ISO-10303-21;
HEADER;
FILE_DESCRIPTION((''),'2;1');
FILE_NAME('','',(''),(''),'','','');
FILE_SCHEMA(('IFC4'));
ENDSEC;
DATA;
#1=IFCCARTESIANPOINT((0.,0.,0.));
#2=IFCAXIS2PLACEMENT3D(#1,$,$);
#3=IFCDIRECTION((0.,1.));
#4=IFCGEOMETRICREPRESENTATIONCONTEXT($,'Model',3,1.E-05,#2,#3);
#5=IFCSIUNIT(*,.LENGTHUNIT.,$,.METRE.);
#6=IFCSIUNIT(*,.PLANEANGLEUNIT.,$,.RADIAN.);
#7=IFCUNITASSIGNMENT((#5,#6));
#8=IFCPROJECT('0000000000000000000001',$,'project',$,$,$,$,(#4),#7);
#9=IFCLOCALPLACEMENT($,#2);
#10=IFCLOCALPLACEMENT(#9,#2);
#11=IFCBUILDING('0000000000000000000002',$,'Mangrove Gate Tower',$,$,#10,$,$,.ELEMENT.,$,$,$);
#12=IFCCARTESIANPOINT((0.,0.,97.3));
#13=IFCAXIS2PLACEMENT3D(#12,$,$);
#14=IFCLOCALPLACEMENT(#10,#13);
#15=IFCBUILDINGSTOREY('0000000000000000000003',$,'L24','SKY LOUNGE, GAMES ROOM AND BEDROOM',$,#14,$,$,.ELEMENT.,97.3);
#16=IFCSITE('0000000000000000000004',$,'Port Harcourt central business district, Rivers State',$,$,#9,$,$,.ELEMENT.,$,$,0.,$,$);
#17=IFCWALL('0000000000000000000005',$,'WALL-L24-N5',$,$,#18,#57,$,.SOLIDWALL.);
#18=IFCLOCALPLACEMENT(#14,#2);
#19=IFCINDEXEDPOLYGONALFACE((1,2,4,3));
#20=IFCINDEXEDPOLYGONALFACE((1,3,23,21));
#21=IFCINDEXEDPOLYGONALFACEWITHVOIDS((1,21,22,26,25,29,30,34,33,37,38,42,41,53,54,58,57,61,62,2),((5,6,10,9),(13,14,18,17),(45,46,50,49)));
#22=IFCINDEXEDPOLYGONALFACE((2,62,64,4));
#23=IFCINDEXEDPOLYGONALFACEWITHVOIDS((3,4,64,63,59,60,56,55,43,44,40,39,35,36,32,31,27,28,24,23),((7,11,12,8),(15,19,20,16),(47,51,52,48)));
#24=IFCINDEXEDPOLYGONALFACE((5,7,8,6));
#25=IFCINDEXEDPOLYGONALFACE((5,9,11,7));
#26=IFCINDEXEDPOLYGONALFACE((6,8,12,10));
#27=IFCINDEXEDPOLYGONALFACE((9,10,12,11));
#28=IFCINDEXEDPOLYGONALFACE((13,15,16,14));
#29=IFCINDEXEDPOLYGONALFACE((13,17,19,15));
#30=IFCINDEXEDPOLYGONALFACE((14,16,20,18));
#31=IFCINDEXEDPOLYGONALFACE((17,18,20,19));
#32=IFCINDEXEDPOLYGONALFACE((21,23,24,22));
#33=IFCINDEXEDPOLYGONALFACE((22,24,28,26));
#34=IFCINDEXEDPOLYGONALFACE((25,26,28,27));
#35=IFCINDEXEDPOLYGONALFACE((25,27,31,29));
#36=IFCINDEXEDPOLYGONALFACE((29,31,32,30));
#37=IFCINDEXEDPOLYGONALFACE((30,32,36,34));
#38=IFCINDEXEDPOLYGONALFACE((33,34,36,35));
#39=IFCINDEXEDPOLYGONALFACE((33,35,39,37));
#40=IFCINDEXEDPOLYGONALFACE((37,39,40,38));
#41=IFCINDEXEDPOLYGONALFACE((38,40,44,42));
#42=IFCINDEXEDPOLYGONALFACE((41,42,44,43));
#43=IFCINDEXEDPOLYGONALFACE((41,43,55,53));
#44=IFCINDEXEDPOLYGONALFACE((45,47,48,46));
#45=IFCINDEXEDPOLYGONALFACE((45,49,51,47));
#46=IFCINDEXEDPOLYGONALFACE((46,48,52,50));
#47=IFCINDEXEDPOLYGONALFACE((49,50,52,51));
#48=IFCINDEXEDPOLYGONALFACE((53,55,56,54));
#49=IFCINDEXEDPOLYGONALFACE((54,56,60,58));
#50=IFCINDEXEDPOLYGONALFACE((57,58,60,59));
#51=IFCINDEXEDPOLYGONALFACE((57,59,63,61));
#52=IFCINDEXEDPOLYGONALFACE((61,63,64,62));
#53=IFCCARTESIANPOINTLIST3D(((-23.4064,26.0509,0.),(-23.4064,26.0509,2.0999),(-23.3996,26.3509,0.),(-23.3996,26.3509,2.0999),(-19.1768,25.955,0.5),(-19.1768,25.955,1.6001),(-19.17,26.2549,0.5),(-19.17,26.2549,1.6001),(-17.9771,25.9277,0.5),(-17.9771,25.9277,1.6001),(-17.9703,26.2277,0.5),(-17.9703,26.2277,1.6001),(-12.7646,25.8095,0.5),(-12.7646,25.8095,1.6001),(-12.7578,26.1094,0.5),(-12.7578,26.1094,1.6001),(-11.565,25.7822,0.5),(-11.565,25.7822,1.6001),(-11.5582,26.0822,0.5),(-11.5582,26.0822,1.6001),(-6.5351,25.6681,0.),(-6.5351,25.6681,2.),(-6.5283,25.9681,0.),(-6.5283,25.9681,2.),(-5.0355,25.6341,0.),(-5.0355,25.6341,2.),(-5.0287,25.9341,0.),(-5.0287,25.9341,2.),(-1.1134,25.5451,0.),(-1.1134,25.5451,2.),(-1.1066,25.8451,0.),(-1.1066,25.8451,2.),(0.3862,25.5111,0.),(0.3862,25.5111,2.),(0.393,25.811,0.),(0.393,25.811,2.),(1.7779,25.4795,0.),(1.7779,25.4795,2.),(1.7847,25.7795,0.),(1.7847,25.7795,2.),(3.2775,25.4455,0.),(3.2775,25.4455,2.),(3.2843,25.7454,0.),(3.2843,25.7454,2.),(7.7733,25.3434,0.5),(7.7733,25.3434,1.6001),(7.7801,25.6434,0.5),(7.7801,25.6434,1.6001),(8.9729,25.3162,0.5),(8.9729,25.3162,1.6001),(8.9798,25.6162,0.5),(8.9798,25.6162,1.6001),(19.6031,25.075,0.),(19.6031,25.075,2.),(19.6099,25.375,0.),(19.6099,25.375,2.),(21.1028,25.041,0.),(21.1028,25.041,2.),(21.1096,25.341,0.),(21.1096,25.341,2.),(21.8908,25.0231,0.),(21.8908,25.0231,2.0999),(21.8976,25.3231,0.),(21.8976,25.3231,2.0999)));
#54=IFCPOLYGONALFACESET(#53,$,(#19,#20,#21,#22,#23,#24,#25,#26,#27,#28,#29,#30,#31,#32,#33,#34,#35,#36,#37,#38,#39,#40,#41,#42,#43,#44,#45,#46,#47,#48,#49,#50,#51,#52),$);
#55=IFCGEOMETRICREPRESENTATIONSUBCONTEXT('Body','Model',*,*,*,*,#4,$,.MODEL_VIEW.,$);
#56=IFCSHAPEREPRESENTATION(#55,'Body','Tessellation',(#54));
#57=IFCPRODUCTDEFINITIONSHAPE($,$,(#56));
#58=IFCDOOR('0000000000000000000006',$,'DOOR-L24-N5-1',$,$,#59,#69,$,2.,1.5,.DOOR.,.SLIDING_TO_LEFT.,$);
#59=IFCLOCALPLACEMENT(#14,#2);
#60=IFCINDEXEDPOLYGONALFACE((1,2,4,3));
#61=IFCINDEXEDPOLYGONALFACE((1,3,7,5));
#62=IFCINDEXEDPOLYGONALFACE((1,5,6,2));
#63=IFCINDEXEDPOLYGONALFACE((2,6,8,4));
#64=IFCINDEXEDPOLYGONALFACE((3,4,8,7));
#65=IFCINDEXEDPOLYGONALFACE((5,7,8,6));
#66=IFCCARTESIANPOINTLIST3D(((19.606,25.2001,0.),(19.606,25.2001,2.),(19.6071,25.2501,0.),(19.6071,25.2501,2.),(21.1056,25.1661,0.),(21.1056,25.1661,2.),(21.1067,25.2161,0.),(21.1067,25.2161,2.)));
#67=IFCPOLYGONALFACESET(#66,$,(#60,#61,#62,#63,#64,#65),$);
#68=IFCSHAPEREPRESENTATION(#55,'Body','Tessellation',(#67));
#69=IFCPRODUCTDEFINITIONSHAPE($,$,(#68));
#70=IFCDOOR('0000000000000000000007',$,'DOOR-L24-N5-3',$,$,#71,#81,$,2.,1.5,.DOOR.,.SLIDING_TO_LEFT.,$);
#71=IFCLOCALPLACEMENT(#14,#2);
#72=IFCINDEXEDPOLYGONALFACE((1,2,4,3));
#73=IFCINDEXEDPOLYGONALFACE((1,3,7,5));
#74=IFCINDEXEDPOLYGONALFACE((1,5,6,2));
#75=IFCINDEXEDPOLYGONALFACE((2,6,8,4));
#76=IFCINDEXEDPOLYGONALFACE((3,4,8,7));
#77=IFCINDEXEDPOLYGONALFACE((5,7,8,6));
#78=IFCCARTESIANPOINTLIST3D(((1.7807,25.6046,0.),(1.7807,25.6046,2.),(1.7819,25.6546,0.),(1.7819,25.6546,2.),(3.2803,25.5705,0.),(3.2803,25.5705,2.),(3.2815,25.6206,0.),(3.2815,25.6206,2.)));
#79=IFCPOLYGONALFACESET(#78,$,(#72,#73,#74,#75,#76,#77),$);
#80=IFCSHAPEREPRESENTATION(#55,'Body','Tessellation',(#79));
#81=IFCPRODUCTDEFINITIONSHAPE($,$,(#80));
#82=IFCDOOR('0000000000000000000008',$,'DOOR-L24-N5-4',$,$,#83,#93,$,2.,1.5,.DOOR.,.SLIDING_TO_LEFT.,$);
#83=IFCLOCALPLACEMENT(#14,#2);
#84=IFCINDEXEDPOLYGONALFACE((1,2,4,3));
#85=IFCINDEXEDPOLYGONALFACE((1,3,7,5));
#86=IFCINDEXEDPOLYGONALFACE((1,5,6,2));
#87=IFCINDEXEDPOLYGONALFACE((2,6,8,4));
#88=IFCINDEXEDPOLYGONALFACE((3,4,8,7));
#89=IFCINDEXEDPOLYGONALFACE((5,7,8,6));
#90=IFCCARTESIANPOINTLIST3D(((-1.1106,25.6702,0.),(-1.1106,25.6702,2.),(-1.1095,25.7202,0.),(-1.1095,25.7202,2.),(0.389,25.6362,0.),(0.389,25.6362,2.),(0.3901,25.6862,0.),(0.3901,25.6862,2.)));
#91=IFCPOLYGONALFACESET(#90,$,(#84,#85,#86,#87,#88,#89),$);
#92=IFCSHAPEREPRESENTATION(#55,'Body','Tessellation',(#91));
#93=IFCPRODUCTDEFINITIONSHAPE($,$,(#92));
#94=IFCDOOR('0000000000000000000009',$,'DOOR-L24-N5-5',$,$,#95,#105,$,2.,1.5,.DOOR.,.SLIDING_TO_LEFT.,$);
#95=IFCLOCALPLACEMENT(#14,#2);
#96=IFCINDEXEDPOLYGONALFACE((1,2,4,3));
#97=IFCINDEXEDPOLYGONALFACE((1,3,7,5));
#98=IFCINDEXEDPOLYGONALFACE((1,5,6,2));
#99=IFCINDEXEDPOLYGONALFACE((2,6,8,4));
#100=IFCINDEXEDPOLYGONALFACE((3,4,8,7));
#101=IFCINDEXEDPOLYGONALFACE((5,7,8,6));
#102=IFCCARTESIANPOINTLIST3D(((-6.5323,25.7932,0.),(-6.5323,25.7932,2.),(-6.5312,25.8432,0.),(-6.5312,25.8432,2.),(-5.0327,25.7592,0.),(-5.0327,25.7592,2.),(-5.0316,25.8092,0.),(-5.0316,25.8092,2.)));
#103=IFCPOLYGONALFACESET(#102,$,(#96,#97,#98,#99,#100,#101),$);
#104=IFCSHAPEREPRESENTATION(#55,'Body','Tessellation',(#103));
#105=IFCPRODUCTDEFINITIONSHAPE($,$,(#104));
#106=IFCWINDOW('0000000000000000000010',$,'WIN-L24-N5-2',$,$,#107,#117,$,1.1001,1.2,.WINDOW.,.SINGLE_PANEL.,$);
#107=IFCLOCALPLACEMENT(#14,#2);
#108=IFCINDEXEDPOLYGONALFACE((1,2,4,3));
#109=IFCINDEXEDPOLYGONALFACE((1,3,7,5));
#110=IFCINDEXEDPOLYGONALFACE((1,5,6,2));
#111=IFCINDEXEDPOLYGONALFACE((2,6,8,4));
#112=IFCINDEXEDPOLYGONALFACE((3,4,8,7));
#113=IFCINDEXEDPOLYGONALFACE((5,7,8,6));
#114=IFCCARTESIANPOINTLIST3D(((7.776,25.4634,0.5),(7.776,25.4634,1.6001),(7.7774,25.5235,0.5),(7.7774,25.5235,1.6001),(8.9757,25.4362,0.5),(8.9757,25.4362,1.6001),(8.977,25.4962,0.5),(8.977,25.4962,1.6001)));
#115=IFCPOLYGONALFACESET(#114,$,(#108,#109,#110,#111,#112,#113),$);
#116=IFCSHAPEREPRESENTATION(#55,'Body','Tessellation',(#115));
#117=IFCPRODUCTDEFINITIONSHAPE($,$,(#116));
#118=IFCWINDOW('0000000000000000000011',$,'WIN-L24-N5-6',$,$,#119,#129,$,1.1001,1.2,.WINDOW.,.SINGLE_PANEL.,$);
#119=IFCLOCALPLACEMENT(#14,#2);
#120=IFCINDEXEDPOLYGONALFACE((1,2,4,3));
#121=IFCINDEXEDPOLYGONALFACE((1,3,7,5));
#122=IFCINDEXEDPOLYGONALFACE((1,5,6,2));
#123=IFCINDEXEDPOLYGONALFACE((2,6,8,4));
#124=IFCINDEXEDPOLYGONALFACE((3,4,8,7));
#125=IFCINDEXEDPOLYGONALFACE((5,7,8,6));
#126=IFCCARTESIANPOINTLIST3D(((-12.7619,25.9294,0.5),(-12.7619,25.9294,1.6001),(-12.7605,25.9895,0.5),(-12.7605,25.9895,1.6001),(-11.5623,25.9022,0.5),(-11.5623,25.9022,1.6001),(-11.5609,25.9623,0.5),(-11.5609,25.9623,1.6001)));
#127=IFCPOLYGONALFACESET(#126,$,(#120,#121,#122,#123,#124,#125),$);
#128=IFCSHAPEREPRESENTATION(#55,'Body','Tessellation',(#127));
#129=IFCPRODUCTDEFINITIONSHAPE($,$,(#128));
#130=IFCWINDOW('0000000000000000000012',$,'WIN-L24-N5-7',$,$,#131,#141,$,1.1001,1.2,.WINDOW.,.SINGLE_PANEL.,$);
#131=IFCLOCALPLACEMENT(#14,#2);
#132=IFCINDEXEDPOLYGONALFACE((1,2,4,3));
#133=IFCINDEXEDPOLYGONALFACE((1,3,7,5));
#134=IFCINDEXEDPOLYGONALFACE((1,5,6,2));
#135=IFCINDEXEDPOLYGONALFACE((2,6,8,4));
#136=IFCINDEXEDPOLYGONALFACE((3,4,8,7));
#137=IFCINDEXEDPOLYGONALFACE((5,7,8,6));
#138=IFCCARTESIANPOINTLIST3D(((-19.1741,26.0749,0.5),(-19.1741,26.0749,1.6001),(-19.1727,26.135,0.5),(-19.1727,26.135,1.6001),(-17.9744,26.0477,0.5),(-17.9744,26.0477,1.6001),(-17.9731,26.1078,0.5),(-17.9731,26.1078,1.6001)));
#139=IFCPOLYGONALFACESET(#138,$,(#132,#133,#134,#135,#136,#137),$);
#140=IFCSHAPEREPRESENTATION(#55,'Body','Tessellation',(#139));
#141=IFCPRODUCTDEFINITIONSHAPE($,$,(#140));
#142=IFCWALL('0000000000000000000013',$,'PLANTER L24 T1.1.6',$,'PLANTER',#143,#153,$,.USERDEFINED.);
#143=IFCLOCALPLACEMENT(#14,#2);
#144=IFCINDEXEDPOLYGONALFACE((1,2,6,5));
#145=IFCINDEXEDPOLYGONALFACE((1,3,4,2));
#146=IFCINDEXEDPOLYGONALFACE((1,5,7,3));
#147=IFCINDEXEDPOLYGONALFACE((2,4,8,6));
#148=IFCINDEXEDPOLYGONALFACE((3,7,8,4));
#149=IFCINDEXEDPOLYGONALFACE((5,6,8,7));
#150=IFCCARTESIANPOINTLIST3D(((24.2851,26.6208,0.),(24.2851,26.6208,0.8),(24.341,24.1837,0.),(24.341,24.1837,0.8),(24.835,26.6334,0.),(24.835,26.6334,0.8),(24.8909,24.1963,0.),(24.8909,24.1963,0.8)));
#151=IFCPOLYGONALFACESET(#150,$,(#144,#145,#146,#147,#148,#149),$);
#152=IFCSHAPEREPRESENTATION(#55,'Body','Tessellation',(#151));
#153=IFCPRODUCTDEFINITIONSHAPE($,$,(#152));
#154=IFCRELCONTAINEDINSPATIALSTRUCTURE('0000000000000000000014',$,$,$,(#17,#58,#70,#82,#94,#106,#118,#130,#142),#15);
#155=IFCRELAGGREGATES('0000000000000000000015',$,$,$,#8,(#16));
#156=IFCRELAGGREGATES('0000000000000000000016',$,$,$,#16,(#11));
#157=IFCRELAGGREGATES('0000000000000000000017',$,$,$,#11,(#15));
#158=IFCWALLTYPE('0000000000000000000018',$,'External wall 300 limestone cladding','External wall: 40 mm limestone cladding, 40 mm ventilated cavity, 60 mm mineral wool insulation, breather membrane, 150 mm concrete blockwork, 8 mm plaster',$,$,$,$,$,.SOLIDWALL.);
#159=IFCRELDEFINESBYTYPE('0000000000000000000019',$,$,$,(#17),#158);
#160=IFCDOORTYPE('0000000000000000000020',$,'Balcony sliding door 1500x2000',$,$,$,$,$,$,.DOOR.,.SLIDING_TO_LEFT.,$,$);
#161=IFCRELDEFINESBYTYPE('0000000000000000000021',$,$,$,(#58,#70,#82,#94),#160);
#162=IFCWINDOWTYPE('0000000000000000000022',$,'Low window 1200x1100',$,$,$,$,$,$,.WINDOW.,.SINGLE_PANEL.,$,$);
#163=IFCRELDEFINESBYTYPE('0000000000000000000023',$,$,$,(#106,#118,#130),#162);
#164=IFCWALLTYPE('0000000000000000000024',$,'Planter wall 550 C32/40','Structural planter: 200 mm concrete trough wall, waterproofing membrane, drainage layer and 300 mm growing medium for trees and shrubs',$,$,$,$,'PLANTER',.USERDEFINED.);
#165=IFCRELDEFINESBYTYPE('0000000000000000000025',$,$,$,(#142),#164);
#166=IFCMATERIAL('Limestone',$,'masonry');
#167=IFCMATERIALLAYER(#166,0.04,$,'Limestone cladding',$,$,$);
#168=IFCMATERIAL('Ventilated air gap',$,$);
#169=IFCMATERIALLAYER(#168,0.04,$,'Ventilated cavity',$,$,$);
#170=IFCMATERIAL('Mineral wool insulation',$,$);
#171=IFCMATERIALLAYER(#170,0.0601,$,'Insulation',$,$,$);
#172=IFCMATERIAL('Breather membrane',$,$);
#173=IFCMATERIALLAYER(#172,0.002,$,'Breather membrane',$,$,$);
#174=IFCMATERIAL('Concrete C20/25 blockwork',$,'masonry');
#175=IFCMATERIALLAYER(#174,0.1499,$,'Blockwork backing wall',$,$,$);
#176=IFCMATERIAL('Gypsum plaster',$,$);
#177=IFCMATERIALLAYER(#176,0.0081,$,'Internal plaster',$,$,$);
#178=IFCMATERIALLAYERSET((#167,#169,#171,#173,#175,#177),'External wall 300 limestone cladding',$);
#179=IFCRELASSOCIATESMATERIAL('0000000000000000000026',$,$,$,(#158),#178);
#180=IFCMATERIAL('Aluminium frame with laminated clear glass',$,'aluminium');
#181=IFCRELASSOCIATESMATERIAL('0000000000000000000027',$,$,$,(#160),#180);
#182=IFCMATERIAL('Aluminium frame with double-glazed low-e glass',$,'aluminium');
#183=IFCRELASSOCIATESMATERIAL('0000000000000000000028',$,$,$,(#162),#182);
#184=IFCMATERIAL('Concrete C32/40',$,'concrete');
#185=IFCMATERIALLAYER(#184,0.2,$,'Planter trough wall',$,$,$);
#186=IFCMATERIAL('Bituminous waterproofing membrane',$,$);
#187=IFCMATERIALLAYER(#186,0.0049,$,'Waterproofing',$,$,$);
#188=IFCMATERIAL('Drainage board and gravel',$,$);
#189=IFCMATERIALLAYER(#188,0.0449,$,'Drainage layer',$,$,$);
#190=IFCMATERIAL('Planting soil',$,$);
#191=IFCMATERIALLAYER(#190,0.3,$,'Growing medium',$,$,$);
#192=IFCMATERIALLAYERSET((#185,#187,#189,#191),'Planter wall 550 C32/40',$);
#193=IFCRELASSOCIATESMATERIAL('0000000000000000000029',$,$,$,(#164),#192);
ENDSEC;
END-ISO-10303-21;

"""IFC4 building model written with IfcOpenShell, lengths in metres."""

from ifc_helpers import new_model, si_unit, direction, frame, frame_2d, origin, place, context, subcontext, project, spatial, rectangle, extrude, material, layer, layer_set, type_object, element, fill, save


model = new_model("IFC4")

# Units and contexts
model_context = context("Model", 3, precision=1e-05, world=origin(), true_north=direction((0.0, 1.0)))
body_context = subcontext(model_context, "Body", "Model", "MODEL_VIEW")
ifc_project = project(units=[si_unit("LENGTHUNIT", "METRE"), si_unit("PLANEANGLEUNIT", "RADIAN")], contexts=[model_context])

# Site, building, storey
site_placement = place(None, origin())
site = spatial("IfcSite", under=ifc_project, at=site_placement, Name="Port Harcourt central business district, Rivers State", CompositionType="ELEMENT", RefElevation=0.0)
building_placement = place(site_placement, origin())
building = spatial("IfcBuilding", under=site, at=building_placement, Name="Mangrove Gate Tower", CompositionType="ELEMENT")
storey_placement = place(building_placement, frame((0.0, 0.0, 97.3)))
storey = spatial("IfcBuildingStorey", under=building, at=storey_placement, Name="L24", Description="SKY LOUNGE, GAMES ROOM AND BEDROOM", CompositionType="ELEMENT", Elevation=97.3)

# Shared definitions
ifc_material_1 = material(Name="Limestone", Category="masonry")
ifc_layer_1 = layer(ifc_material_1, 0.04, Name="Limestone cladding")
ifc_material_2 = material(Name="Ventilated air gap")
ifc_layer_2 = layer(ifc_material_2, 0.04, Name="Ventilated cavity")
ifc_material_3 = material(Name="Mineral wool insulation")
ifc_layer_3 = layer(ifc_material_3, 0.0601, Name="Insulation")
ifc_material_4 = material(Name="Breather membrane")
ifc_layer_4 = layer(ifc_material_4, 0.002, Name="Breather membrane")
ifc_material_5 = material(Name="Concrete C20/25 blockwork", Category="masonry")
ifc_layer_5 = layer(ifc_material_5, 0.1499, Name="Blockwork backing wall")
ifc_material_6 = material(Name="Gypsum plaster")
ifc_layer_6 = layer(ifc_material_6, 0.0081, Name="Internal plaster")
ifc_layer_set_1 = layer_set([ifc_layer_1, ifc_layer_2, ifc_layer_3, ifc_layer_4, ifc_layer_5, ifc_layer_6], Name="External wall 300 limestone cladding")
wall_type_1 = type_object("IfcWallType", Name="External wall 300 limestone cladding", Description="External wall: 40 mm limestone cladding, 40 mm ventilated cavity, 60 mm mineral wool insulation, breather membrane, 150 mm concrete blockwork, 8 mm plaster", PredefinedType="SOLIDWALL", material=ifc_layer_set_1)

# Wall, openings, doors, windows
wall_1_placement = place(storey_placement, frame((21.894, 25.1731, 0.0), z_axis=(0.0, 0.0, 1.0), x_axis=(-0.999743, 0.022685, 0.0)))
wall_1 = element("IfcWall", 1, at=wall_1_placement, inside=storey, type_object=wall_type_1, Name="WALL-L24-N5", PredefinedType="SOLIDWALL", context=body_context, shape_type="SweptSolid", body=[
    extrude(rectangle(XDim=45.3088, YDim=0.3, at=frame_2d((22.6543, 0.0))), origin(), (0.0, 0.0, 1.0), 2.0999),
])
opening_1_placement = place(wall_1_placement, frame((0.7881, 0.0, 0.0)))
opening_1 = element("IfcOpeningElement", 2, at=opening_1_placement, cuts=wall_1, PredefinedType="OPENING", context=body_context, shape_type="SweptSolid", body=[
    extrude(rectangle(XDim=1.5, YDim=2.0, at=frame_2d((0.75, 1.0))), frame((0.0, 0.1599, 0.0), z_axis=(0.0, -1.0, 0.0), x_axis=(1.0, 0.0, 0.0)), (0.0, 0.0, 1.0), 0.3201),
])
opening_2_placement = place(wall_1_placement, frame((12.9209, 0.0, 0.5)))
opening_2 = element("IfcOpeningElement", 3, at=opening_2_placement, cuts=wall_1, PredefinedType="OPENING", context=body_context, shape_type="SweptSolid", body=[
    extrude(rectangle(XDim=1.2, YDim=1.1001, at=frame_2d((0.6001, 0.55))), frame((0.0, 0.1599, 0.0), z_axis=(0.0, -1.0, 0.0), x_axis=(1.0, 0.0, 0.0)), (0.0, 0.0, 1.0), 0.3201),
])
opening_3_placement = place(wall_1_placement, frame((18.6179, 0.0, 0.0)))
opening_3 = element("IfcOpeningElement", 4, at=opening_3_placement, cuts=wall_1, PredefinedType="OPENING", context=body_context, shape_type="SweptSolid", body=[
    extrude(rectangle(XDim=1.5, YDim=2.0, at=frame_2d((0.75, 1.0))), frame((0.0, 0.1599, 0.0), z_axis=(0.0, -1.0, 0.0), x_axis=(1.0, 0.0, 0.0)), (0.0, 0.0, 1.0), 0.3201),
])
opening_4_placement = place(wall_1_placement, frame((21.51, 0.0, 0.0)))
opening_4 = element("IfcOpeningElement", 5, at=opening_4_placement, cuts=wall_1, PredefinedType="OPENING", context=body_context, shape_type="SweptSolid", body=[
    extrude(rectangle(XDim=1.5, YDim=2.0, at=frame_2d((0.75, 1.0))), frame((0.0, 0.1599, 0.0), z_axis=(0.0, -1.0, 0.0), x_axis=(1.0, 0.0, 0.0)), (0.0, 0.0, 1.0), 0.3201),
])
opening_5_placement = place(wall_1_placement, frame((26.9331, 0.0, 0.0)))
opening_5 = element("IfcOpeningElement", 6, at=opening_5_placement, cuts=wall_1, PredefinedType="OPENING", context=body_context, shape_type="SweptSolid", body=[
    extrude(rectangle(XDim=1.5, YDim=2.0, at=frame_2d((0.75, 1.0))), frame((0.0, 0.1599, 0.0), z_axis=(0.0, -1.0, 0.0), x_axis=(1.0, 0.0, 0.0)), (0.0, 0.0, 1.0), 0.3201),
])
opening_6_placement = place(wall_1_placement, frame((33.4641, 0.0, 0.5)))
opening_6 = element("IfcOpeningElement", 7, at=opening_6_placement, cuts=wall_1, PredefinedType="OPENING", context=body_context, shape_type="SweptSolid", body=[
    extrude(rectangle(XDim=1.2, YDim=1.1001, at=frame_2d((0.6001, 0.55))), frame((0.0, 0.1599, 0.0), z_axis=(0.0, -1.0, 0.0), x_axis=(1.0, 0.0, 0.0)), (0.0, 0.0, 1.0), 0.3201),
])
opening_7_placement = place(wall_1_placement, frame((39.8779, 0.0, 0.5)))
opening_7 = element("IfcOpeningElement", 8, at=opening_7_placement, cuts=wall_1, PredefinedType="OPENING", context=body_context, shape_type="SweptSolid", body=[
    extrude(rectangle(XDim=1.2, YDim=1.1001, at=frame_2d((0.6001, 0.55))), frame((0.0, 0.1599, 0.0), z_axis=(0.0, -1.0, 0.0), x_axis=(1.0, 0.0, 0.0)), (0.0, 0.0, 1.0), 0.3201),
])
ifc_material_7 = material(Name="Aluminium frame with laminated clear glass", Category="aluminium")
door_type = type_object("IfcDoorType", Name="Balcony sliding door 1500x2000", OperationType="SLIDING_TO_LEFT", PredefinedType="DOOR", material=ifc_material_7)
door_1_placement = place(opening_1_placement, origin())
door_1 = element("IfcDoor", 9, at=door_1_placement, inside=storey, type_object=door_type, Name="DOOR-L24-N5-1", OperationType="SLIDING_TO_LEFT", OverallHeight=2.0, OverallWidth=1.5, PredefinedType="DOOR", context=body_context, shape_type="SweptSolid", body=[
    extrude(rectangle(XDim=1.5, YDim=2.0, at=frame_2d((0.75, 1.0))), frame((0.0, 0.0249, 0.0), z_axis=(0.0, -1.0, 0.0), x_axis=(1.0, 0.0, 0.0)), (0.0, 0.0, 1.0), 0.05),
])
fill(opening_1, door_1)
door_2_placement = place(opening_3_placement, origin())
door_2 = element("IfcDoor", 10, at=door_2_placement, inside=storey, type_object=door_type, Name="DOOR-L24-N5-3", OperationType="SLIDING_TO_LEFT", OverallHeight=2.0, OverallWidth=1.5, PredefinedType="DOOR", context=body_context, shape_type="SweptSolid", body=[
    extrude(rectangle(XDim=1.5, YDim=2.0, at=frame_2d((0.75, 1.0))), frame((0.0, 0.0249, 0.0), z_axis=(0.0, -1.0, 0.0), x_axis=(1.0, 0.0, 0.0)), (0.0, 0.0, 1.0), 0.05),
])
fill(opening_3, door_2)
door_3_placement = place(opening_4_placement, origin())
door_3 = element("IfcDoor", 11, at=door_3_placement, inside=storey, type_object=door_type, Name="DOOR-L24-N5-4", OperationType="SLIDING_TO_LEFT", OverallHeight=2.0, OverallWidth=1.5, PredefinedType="DOOR", context=body_context, shape_type="SweptSolid", body=[
    extrude(rectangle(XDim=1.5, YDim=2.0, at=frame_2d((0.75, 1.0))), frame((0.0, 0.0249, 0.0), z_axis=(0.0, -1.0, 0.0), x_axis=(1.0, 0.0, 0.0)), (0.0, 0.0, 1.0), 0.05),
])
fill(opening_4, door_3)
door_4_placement = place(opening_5_placement, origin())
door_4 = element("IfcDoor", 12, at=door_4_placement, inside=storey, type_object=door_type, Name="DOOR-L24-N5-5", OperationType="SLIDING_TO_LEFT", OverallHeight=2.0, OverallWidth=1.5, PredefinedType="DOOR", context=body_context, shape_type="SweptSolid", body=[
    extrude(rectangle(XDim=1.5, YDim=2.0, at=frame_2d((0.75, 1.0))), frame((0.0, 0.0249, 0.0), z_axis=(0.0, -1.0, 0.0), x_axis=(1.0, 0.0, 0.0)), (0.0, 0.0, 1.0), 0.05),
])
fill(opening_5, door_4)
ifc_material_8 = material(Name="Aluminium frame with double-glazed low-e glass", Category="aluminium")
window_type = type_object("IfcWindowType", Name="Low window 1200x1100", PartitioningType="SINGLE_PANEL", PredefinedType="WINDOW", material=ifc_material_8)
window_1_placement = place(opening_2_placement, origin())
window_1 = element("IfcWindow", 13, at=window_1_placement, inside=storey, type_object=window_type, Name="WIN-L24-N5-2", OverallHeight=1.1001, OverallWidth=1.2, PartitioningType="SINGLE_PANEL", PredefinedType="WINDOW", context=body_context, shape_type="SweptSolid", body=[
    extrude(rectangle(XDim=1.2, YDim=1.1001, at=frame_2d((0.6001, 0.55))), frame((0.0, 0.03, 0.0), z_axis=(0.0, -1.0, 0.0), x_axis=(1.0, 0.0, 0.0)), (0.0, 0.0, 1.0), 0.0601),
])
fill(opening_2, window_1)
window_2_placement = place(opening_6_placement, origin())
window_2 = element("IfcWindow", 14, at=window_2_placement, inside=storey, type_object=window_type, Name="WIN-L24-N5-6", OverallHeight=1.1001, OverallWidth=1.2, PartitioningType="SINGLE_PANEL", PredefinedType="WINDOW", context=body_context, shape_type="SweptSolid", body=[
    extrude(rectangle(XDim=1.2, YDim=1.1001, at=frame_2d((0.6001, 0.55))), frame((0.0, 0.03, 0.0), z_axis=(0.0, -1.0, 0.0), x_axis=(1.0, 0.0, 0.0)), (0.0, 0.0, 1.0), 0.0601),
])
fill(opening_6, window_2)
window_3_placement = place(opening_7_placement, origin())
window_3 = element("IfcWindow", 15, at=window_3_placement, inside=storey, type_object=window_type, Name="WIN-L24-N5-7", OverallHeight=1.1001, OverallWidth=1.2, PartitioningType="SINGLE_PANEL", PredefinedType="WINDOW", context=body_context, shape_type="SweptSolid", body=[
    extrude(rectangle(XDim=1.2, YDim=1.1001, at=frame_2d((0.6001, 0.55))), frame((0.0, 0.03, 0.0), z_axis=(0.0, -1.0, 0.0), x_axis=(1.0, 0.0, 0.0)), (0.0, 0.0, 1.0), 0.0601),
])
fill(opening_7, window_3)

# Wall
ifc_material_9 = material(Name="Concrete C32/40", Category="concrete")
ifc_layer_7 = layer(ifc_material_9, 0.2, Name="Planter trough wall")
ifc_material_10 = material(Name="Bituminous waterproofing membrane")
ifc_layer_8 = layer(ifc_material_10, 0.0049, Name="Waterproofing")
ifc_material_11 = material(Name="Drainage board and gravel")
ifc_layer_9 = layer(ifc_material_11, 0.0449, Name="Drainage layer")
ifc_material_12 = material(Name="Planting soil")
ifc_layer_10 = layer(ifc_material_12, 0.3, Name="Growing medium")
ifc_layer_set_2 = layer_set([ifc_layer_7, ifc_layer_8, ifc_layer_9, ifc_layer_10], Name="Planter wall 550 C32/40")
wall_type_2 = type_object("IfcWallType", Name="Planter wall 550 C32/40", Description="Structural planter: 200 mm concrete trough wall, waterproofing membrane, drainage layer and 300 mm growing medium for trees and shrubs", ElementType="PLANTER", PredefinedType="USERDEFINED", material=ifc_layer_set_2)
for number, where, z_axis, x_axis, name in (
    (16, (24.5601, 26.627, 0.0), (0.0, 0.0, 1.0), (0.022935, -0.999737, 0.0), "PLANTER L24 T1.1.6"),
):
    element("IfcWall", number, at=place(storey_placement, frame(where, z_axis=z_axis, x_axis=x_axis)), inside=storey, type_object=wall_type_2, Name=name, ObjectType="PLANTER", PredefinedType="USERDEFINED", context=body_context, shape_type="SweptSolid", body=[
        extrude(rectangle(XDim=2.4377, YDim=0.55, at=frame_2d((1.2188, 0.0))), origin(), (0.0, 0.0, 1.0), 0.8),
    ])

save(model, "model.ifc")
